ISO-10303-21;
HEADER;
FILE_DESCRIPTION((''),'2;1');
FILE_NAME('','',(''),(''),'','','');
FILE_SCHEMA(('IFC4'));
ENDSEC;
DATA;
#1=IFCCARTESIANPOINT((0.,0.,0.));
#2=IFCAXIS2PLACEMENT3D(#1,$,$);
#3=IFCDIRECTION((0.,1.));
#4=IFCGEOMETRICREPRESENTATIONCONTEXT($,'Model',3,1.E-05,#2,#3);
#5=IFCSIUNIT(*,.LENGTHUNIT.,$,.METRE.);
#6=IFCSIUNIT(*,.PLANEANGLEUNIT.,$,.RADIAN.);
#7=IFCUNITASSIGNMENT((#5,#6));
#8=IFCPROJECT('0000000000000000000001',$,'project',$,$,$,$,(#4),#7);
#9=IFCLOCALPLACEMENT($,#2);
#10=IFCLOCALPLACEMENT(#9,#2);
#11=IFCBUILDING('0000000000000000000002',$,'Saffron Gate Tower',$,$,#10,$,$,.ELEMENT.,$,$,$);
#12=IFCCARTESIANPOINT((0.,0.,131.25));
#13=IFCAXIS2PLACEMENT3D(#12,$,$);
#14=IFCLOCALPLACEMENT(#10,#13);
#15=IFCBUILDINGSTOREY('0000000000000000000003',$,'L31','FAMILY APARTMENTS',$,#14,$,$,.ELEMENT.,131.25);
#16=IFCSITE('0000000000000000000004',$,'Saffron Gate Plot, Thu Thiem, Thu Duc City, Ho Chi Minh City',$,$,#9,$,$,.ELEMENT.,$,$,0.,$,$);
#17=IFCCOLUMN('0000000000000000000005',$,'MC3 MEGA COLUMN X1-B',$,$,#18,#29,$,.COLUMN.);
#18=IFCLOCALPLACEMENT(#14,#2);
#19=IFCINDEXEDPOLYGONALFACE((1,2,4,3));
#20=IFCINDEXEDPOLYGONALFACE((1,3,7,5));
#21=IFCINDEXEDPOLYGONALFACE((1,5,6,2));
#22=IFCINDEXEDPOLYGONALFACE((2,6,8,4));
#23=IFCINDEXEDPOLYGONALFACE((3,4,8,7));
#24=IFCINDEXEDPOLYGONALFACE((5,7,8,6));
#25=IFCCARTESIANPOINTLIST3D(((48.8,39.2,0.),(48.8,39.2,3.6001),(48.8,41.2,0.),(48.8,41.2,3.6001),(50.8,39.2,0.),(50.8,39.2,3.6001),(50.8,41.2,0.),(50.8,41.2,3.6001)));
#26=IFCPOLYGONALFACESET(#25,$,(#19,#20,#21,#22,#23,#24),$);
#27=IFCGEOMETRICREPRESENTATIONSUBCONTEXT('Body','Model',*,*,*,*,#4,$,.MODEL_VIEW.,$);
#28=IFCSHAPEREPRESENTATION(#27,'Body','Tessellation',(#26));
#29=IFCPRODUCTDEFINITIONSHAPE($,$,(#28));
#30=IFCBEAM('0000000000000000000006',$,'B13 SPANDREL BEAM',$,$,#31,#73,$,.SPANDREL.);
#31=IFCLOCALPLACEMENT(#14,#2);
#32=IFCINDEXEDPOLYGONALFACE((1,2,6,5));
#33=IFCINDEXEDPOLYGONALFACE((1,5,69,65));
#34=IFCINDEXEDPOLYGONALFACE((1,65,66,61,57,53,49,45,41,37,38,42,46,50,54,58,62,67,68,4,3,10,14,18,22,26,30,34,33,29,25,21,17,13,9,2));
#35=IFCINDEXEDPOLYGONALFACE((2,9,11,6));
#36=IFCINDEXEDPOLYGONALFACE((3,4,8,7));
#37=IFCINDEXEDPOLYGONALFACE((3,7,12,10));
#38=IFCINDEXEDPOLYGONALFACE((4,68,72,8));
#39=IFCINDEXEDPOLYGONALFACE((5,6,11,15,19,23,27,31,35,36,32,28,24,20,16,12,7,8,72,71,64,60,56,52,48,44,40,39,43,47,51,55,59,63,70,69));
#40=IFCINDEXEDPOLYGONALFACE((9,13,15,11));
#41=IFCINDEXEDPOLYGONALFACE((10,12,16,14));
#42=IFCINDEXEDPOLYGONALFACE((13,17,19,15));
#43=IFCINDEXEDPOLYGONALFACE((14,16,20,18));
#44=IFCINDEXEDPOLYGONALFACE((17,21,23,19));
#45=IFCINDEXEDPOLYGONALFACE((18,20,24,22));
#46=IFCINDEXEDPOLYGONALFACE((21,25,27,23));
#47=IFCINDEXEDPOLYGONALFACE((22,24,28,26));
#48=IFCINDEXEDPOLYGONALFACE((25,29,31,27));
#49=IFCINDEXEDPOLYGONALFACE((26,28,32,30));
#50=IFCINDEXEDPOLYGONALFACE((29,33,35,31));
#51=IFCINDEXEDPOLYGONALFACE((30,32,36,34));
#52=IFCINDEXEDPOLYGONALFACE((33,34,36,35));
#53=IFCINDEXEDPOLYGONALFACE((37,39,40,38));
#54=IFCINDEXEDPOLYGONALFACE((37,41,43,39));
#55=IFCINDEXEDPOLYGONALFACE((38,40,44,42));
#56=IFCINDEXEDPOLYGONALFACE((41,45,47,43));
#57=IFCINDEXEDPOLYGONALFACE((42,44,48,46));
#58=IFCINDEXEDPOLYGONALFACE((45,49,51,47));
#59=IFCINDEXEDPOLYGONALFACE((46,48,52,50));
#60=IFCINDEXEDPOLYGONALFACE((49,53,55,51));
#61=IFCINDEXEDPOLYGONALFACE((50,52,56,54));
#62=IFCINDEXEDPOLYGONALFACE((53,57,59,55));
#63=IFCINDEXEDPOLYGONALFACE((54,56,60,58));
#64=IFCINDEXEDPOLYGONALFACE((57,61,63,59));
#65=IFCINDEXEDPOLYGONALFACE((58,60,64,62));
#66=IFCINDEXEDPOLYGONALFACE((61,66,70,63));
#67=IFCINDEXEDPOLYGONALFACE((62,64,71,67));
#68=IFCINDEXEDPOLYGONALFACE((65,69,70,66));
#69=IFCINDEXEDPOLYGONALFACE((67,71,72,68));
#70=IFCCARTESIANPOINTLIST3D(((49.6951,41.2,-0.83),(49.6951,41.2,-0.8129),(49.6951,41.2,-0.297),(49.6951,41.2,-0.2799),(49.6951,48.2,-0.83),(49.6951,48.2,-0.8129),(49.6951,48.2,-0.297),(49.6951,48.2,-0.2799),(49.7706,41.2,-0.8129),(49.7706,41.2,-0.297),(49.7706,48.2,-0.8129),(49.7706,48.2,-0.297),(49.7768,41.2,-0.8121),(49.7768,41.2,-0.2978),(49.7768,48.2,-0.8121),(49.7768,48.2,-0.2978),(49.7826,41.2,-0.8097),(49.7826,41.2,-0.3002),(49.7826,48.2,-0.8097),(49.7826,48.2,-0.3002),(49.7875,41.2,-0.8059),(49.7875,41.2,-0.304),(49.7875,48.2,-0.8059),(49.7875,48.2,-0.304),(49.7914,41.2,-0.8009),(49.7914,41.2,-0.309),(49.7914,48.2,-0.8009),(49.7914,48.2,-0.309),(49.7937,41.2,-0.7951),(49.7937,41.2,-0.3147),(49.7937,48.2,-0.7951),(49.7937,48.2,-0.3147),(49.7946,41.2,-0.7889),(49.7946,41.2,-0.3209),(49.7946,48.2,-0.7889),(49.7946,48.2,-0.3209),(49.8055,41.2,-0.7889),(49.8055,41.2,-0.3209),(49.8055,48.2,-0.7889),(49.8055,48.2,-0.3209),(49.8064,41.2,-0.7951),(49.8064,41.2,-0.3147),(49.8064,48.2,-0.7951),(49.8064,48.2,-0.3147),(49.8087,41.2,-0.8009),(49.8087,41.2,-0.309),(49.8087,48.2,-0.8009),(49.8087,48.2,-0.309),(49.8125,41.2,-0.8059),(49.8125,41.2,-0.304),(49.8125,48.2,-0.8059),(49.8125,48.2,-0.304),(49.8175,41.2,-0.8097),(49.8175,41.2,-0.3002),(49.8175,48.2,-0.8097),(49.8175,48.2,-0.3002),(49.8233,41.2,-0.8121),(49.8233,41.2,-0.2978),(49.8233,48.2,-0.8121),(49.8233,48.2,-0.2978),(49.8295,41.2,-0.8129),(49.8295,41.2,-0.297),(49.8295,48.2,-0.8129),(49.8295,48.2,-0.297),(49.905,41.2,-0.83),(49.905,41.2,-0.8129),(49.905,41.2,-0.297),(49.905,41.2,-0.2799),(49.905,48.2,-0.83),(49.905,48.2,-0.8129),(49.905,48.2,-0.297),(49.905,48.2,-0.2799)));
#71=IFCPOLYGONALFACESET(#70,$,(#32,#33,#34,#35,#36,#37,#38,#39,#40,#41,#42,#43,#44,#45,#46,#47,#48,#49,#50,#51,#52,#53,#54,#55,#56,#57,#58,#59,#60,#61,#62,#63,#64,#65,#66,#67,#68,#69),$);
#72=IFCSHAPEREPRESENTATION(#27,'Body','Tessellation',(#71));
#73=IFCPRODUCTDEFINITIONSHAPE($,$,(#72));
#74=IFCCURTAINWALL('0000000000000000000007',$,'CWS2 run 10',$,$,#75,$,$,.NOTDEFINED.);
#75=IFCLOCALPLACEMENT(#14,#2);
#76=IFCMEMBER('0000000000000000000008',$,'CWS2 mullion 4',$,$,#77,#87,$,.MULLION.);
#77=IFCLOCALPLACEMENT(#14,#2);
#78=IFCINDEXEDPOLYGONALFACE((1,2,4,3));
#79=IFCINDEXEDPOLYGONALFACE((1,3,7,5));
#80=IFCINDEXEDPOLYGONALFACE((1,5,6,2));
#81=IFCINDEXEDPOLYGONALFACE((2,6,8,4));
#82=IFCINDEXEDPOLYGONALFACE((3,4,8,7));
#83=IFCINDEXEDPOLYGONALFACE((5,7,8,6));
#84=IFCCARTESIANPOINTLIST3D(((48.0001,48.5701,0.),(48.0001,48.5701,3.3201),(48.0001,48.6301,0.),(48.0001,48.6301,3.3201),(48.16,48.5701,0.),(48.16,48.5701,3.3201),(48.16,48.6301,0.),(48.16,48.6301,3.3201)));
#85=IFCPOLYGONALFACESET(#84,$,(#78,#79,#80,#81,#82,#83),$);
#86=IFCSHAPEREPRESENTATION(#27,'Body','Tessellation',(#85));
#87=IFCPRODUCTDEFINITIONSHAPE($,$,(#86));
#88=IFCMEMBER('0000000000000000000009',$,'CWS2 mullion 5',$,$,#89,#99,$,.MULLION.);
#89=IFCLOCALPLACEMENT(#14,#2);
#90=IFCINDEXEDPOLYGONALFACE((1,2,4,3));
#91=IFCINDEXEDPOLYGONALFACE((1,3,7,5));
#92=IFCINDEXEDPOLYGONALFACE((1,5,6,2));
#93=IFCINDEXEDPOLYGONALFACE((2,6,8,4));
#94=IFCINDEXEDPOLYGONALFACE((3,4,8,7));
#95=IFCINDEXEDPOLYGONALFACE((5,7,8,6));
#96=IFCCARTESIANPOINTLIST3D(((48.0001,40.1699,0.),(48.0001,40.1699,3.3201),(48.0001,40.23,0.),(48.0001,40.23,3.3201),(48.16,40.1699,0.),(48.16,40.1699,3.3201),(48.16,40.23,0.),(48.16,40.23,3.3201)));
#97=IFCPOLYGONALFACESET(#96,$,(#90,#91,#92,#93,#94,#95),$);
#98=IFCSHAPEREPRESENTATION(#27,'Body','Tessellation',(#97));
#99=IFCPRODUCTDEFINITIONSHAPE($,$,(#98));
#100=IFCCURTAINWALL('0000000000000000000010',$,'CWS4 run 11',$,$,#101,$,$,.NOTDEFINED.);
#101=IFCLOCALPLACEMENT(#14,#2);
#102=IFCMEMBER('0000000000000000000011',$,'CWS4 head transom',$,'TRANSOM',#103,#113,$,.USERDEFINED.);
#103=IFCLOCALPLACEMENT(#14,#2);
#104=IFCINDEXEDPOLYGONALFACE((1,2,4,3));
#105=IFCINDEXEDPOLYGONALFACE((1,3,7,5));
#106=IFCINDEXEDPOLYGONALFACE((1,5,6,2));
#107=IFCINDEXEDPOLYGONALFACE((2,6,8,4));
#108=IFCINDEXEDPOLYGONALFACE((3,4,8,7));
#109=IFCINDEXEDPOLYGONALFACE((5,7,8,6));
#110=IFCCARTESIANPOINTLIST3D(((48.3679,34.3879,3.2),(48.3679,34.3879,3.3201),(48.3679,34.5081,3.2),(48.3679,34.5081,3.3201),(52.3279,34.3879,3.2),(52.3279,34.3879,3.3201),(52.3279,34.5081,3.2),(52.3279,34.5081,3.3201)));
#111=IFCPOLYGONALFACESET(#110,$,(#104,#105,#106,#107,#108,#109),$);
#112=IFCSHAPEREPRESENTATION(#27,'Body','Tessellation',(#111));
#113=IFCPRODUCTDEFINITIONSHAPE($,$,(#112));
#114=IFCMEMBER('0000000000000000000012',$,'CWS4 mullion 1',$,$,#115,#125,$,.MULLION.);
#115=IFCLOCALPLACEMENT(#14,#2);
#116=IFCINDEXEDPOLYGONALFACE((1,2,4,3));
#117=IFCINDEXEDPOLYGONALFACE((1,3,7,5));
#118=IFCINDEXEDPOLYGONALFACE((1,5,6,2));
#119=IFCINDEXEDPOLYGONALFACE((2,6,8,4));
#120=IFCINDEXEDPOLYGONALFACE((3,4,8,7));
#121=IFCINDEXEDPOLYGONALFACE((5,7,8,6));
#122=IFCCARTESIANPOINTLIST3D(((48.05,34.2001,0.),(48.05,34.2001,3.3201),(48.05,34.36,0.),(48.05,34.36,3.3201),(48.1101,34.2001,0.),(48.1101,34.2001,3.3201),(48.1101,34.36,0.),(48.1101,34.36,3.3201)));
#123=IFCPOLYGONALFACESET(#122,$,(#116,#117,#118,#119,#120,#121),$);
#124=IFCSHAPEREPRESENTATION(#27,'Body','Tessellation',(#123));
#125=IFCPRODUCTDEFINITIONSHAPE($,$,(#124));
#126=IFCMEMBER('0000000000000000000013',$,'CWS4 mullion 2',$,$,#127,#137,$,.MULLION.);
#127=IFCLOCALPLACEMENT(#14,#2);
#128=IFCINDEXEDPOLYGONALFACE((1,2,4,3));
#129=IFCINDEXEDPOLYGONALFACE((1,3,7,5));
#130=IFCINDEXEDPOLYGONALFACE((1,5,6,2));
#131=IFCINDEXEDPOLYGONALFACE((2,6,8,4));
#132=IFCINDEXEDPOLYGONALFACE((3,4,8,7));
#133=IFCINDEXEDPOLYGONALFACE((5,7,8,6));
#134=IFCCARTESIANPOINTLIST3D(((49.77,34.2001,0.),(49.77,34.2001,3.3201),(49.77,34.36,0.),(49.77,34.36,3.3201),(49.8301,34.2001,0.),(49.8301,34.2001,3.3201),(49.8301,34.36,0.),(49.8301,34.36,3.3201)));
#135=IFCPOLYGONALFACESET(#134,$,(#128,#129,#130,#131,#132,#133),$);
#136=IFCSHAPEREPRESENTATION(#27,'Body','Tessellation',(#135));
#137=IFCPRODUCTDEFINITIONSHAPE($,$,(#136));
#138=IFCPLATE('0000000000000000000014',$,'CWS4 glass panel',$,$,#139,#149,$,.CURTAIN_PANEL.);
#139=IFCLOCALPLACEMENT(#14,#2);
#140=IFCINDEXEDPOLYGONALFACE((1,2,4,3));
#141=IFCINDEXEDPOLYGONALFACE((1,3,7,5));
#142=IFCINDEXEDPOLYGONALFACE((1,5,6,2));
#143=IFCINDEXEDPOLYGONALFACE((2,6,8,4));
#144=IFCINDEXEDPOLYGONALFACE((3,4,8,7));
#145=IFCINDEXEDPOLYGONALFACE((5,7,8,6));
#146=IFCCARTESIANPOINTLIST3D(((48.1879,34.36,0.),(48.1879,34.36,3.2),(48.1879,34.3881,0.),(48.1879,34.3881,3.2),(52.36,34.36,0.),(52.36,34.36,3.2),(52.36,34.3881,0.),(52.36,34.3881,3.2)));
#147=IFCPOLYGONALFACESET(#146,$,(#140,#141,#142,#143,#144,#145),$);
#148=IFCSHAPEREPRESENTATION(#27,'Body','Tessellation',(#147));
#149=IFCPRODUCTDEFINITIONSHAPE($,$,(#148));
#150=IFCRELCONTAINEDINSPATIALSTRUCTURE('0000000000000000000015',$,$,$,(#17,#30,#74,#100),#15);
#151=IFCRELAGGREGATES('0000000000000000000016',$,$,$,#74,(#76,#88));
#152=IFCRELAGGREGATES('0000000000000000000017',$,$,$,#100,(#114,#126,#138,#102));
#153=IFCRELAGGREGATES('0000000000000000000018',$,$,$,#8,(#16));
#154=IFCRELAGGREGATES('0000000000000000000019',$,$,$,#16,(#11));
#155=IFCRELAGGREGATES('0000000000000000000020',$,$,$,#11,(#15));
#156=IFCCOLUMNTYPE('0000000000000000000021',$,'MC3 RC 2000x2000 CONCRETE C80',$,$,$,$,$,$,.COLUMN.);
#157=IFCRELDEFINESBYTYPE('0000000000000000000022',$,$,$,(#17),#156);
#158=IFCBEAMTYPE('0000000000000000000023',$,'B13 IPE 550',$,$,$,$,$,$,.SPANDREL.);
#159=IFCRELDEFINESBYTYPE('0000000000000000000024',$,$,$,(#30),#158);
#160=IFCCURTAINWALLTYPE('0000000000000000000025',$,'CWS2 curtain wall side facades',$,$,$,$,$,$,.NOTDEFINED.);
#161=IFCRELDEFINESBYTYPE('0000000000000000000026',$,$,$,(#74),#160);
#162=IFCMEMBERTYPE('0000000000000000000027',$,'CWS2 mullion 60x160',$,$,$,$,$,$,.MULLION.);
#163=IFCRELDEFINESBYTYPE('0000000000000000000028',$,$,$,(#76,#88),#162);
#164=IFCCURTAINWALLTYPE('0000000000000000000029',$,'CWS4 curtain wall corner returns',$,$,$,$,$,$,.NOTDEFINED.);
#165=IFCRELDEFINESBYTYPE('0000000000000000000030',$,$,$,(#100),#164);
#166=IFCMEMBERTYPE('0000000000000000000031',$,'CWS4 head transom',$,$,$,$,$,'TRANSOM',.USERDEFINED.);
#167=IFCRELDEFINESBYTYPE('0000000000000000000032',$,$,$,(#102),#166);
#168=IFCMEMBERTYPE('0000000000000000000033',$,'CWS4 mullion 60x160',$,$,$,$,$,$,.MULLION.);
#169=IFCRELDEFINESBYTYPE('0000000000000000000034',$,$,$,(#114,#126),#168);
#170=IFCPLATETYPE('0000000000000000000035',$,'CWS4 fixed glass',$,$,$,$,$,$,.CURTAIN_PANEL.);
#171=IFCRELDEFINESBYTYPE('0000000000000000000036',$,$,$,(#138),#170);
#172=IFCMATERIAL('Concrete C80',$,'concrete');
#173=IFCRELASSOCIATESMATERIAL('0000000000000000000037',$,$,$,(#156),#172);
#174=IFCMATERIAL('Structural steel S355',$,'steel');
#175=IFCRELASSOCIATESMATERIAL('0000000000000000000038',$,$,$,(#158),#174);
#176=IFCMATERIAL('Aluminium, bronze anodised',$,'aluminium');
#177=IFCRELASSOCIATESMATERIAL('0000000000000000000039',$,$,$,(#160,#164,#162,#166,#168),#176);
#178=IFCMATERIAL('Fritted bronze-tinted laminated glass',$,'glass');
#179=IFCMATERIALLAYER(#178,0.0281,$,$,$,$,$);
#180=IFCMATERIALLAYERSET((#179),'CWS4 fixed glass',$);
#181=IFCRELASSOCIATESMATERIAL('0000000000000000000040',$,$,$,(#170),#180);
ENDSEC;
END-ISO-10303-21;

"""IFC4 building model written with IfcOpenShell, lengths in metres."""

from ifc_helpers import new_model, si_unit, direction, frame, frame_2d, origin, origin_2d, place, context, subcontext, project, spatial, rectangle, i_section, extrude, material, layer, layer_set, material_profile, profile_set, type_object, element, aggregate, save


model = new_model("IFC4")

# Units and contexts
model_context = context("Model", 3, precision=1e-05, world=origin(), true_north=direction((0.0, 1.0)))
body_context = subcontext(model_context, "Body", "Model", "MODEL_VIEW")
ifc_project = project(units=[si_unit("LENGTHUNIT", "METRE"), si_unit("PLANEANGLEUNIT", "RADIAN")], contexts=[model_context])

# Site, building, storey
site_placement = place(None, origin())
site = spatial("IfcSite", under=ifc_project, at=site_placement, Name="Saffron Gate Plot, Thu Thiem, Thu Duc City, Ho Chi Minh City", CompositionType="ELEMENT", RefElevation=0.0)
building_placement = place(site_placement, origin())
building = spatial("IfcBuilding", under=site, at=building_placement, Name="Saffron Gate Tower", CompositionType="ELEMENT")
storey_placement = place(building_placement, frame((0.0, 0.0, 131.25)))
storey = spatial("IfcBuildingStorey", under=building, at=storey_placement, Name="L31", Description="FAMILY APARTMENTS", CompositionType="ELEMENT", Elevation=131.25)

# Column
ifc_material_1 = material(Name="Concrete C80", Category="concrete")
ifc_material_profile_1 = material_profile(ifc_material_1, rectangle(XDim=2.0, YDim=2.0, at=origin_2d()))
ifc_profile_set_1 = profile_set([ifc_material_profile_1], Name="Concrete C80")
column_type = type_object("IfcColumnType", Name="MC3 RC 2000x2000 CONCRETE C80", PredefinedType="COLUMN", material=ifc_profile_set_1)
column_placement = place(storey_placement, frame((49.8, 40.2, 0.0), z_axis=(0.0, 0.0, 1.0), x_axis=(1.0, 0.0, 0.0)))
element("IfcColumn", 1, at=column_placement, inside=storey, type_object=column_type, Name="MC3 MEGA COLUMN X1-B", PredefinedType="COLUMN", context=body_context, shape_type="SweptSolid", body=[
    extrude(rectangle(XDim=2.0, YDim=2.0, at=origin_2d()), origin(), (0.0, 0.0, 1.0), 3.6001),
])

# Beam
ifc_material_2 = material(Name="Structural steel S355", Category="steel")
ifc_material_profile_2 = material_profile(ifc_material_2, i_section(OverallWidth=0.21, OverallDepth=0.55, WebThickness=0.011, FlangeThickness=0.0171, FilletRadius=0.0239, at=origin_2d()))
ifc_profile_set_2 = profile_set([ifc_material_profile_2], Name="Structural steel S355")
beam_type = type_object("IfcBeamType", Name="B13 IPE 550", PredefinedType="SPANDREL", material=ifc_profile_set_2)
beam_placement = place(storey_placement, frame((49.8, 41.2, -0.5549), z_axis=(0.0, 1.0, 0.0), x_axis=(-1.0, 0.0, 0.0)))
element("IfcBeam", 2, at=beam_placement, inside=storey, type_object=beam_type, Name="B13 SPANDREL BEAM", PredefinedType="SPANDREL", context=body_context, shape_type="SweptSolid", body=[
    extrude(i_section(OverallWidth=0.21, OverallDepth=0.55, WebThickness=0.011, FlangeThickness=0.0171, FilletRadius=0.0239, at=origin_2d()), origin(), (0.0, 0.0, 1.0), 7.0),
])

# Curtain wall, members
ifc_material_3 = material(Name="Aluminium, bronze anodised", Category="aluminium")
curtain_wall_type_1 = type_object("IfcCurtainWallType", Name="CWS2 curtain wall side facades", PredefinedType="NOTDEFINED", material=ifc_material_3)
curtain_wall_1_placement = place(storey_placement, origin())
curtain_wall_1 = element("IfcCurtainWall", 3, at=curtain_wall_1_placement, inside=storey, type_object=curtain_wall_type_1, Name="CWS2 run 10", PredefinedType="NOTDEFINED")
ifc_material_profile_3 = material_profile(ifc_material_3, rectangle(XDim=0.1599, YDim=0.0601, at=origin_2d()))
ifc_profile_set_3 = profile_set([ifc_material_profile_3], Name="Aluminium, bronze anodised")
member_type_1 = type_object("IfcMemberType", Name="CWS2 mullion 60x160", PredefinedType="MULLION", material=ifc_profile_set_3)
member_1_placement = place(storey_placement, frame((48.0801, 48.6001, 0.0), z_axis=(0.0, 0.0, 1.0), x_axis=(1.0, 0.0, 0.0)))
member_1 = element("IfcMember", 4, at=member_1_placement, type_object=member_type_1, Name="CWS2 mullion 4", PredefinedType="MULLION", context=body_context, shape_type="SweptSolid", body=[
    extrude(rectangle(XDim=0.1599, YDim=0.0601, at=origin_2d()), origin(), (0.0, 0.0, 1.0), 3.3201),
])
member_2_placement = place(storey_placement, frame((48.0801, 40.2, 0.0), z_axis=(0.0, 0.0, 1.0), x_axis=(1.0, 0.0, 0.0)))
member_2 = element("IfcMember", 5, at=member_2_placement, type_object=member_type_1, Name="CWS2 mullion 5", PredefinedType="MULLION", context=body_context, shape_type="SweptSolid", body=[
    extrude(rectangle(XDim=0.1599, YDim=0.0601, at=origin_2d()), origin(), (0.0, 0.0, 1.0), 3.3201),
])
aggregate(curtain_wall_1, [member_1, member_2])

# Curtain wall, members, plate
curtain_wall_type_2 = type_object("IfcCurtainWallType", Name="CWS4 curtain wall corner returns", PredefinedType="NOTDEFINED", material=ifc_material_3)
curtain_wall_2_placement = place(storey_placement, origin())
curtain_wall_2 = element("IfcCurtainWall", 6, at=curtain_wall_2_placement, inside=storey, type_object=curtain_wall_type_2, Name="CWS4 run 11", PredefinedType="NOTDEFINED")
ifc_material_profile_4 = material_profile(ifc_material_3, rectangle(XDim=0.1201, YDim=0.1201, at=origin_2d()))
ifc_profile_set_4 = profile_set([ifc_material_profile_4], Name="Aluminium, bronze anodised")
member_type_2 = type_object("IfcMemberType", Name="CWS4 head transom", ElementType="TRANSOM", PredefinedType="USERDEFINED", material=ifc_profile_set_4)
member_3_placement = place(storey_placement, frame((48.3679, 34.448, 3.26), z_axis=(1.0, 0.0, 0.0), x_axis=(0.0, 1.0, 0.0)))
member_3 = element("IfcMember", 7, at=member_3_placement, type_object=member_type_2, Name="CWS4 head transom", ObjectType="TRANSOM", PredefinedType="USERDEFINED", context=body_context, shape_type="SweptSolid", body=[
    extrude(rectangle(XDim=0.1201, YDim=0.1201, at=origin_2d()), origin(), (0.0, 0.0, 1.0), 3.96),
])
ifc_material_profile_5 = material_profile(ifc_material_3, rectangle(XDim=0.1599, YDim=0.0601, at=origin_2d()))
ifc_profile_set_5 = profile_set([ifc_material_profile_5], Name="Aluminium, bronze anodised")
member_type_3 = type_object("IfcMemberType", Name="CWS4 mullion 60x160", PredefinedType="MULLION", material=ifc_profile_set_5)
member_4_placement = place(storey_placement, frame((48.0801, 34.28, 0.0), z_axis=(0.0, 0.0, 1.0), x_axis=(0.0, 1.0, 0.0)))
member_4 = element("IfcMember", 8, at=member_4_placement, type_object=member_type_3, Name="CWS4 mullion 1", PredefinedType="MULLION", context=body_context, shape_type="SweptSolid", body=[
    extrude(rectangle(XDim=0.1599, YDim=0.0601, at=origin_2d()), origin(), (0.0, 0.0, 1.0), 3.3201),
])
member_5_placement = place(storey_placement, frame((49.8, 34.28, 0.0), z_axis=(0.0, 0.0, 1.0), x_axis=(0.0, 1.0, 0.0)))
member_5 = element("IfcMember", 9, at=member_5_placement, type_object=member_type_3, Name="CWS4 mullion 2", PredefinedType="MULLION", context=body_context, shape_type="SweptSolid", body=[
    extrude(rectangle(XDim=0.1599, YDim=0.0601, at=origin_2d()), origin(), (0.0, 0.0, 1.0), 3.3201),
])
ifc_material_4 = material(Name="Fritted bronze-tinted laminated glass", Category="glass")
ifc_layer_1 = layer(ifc_material_4, 0.0281)
ifc_layer_set_1 = layer_set([ifc_layer_1], Name="CWS4 fixed glass")
plate_type = type_object("IfcPlateType", Name="CWS4 fixed glass", PredefinedType="CURTAIN_PANEL", material=ifc_layer_set_1)
plate_placement = place(storey_placement, frame((48.188, 34.374, 0.0), z_axis=(0.0, 0.0, 1.0), x_axis=(1.0, 0.0, 0.0)))
plate = element("IfcPlate", 10, at=plate_placement, type_object=plate_type, Name="CWS4 glass panel", PredefinedType="CURTAIN_PANEL", context=body_context, shape_type="SweptSolid", body=[
    extrude(rectangle(XDim=4.1721, YDim=0.0281, at=frame_2d((2.0859, 0.0))), origin(), (0.0, 0.0, 1.0), 3.2),
])
aggregate(curtain_wall_2, [member_4, member_5, plate, member_3])

save(model, "model.ifc")
